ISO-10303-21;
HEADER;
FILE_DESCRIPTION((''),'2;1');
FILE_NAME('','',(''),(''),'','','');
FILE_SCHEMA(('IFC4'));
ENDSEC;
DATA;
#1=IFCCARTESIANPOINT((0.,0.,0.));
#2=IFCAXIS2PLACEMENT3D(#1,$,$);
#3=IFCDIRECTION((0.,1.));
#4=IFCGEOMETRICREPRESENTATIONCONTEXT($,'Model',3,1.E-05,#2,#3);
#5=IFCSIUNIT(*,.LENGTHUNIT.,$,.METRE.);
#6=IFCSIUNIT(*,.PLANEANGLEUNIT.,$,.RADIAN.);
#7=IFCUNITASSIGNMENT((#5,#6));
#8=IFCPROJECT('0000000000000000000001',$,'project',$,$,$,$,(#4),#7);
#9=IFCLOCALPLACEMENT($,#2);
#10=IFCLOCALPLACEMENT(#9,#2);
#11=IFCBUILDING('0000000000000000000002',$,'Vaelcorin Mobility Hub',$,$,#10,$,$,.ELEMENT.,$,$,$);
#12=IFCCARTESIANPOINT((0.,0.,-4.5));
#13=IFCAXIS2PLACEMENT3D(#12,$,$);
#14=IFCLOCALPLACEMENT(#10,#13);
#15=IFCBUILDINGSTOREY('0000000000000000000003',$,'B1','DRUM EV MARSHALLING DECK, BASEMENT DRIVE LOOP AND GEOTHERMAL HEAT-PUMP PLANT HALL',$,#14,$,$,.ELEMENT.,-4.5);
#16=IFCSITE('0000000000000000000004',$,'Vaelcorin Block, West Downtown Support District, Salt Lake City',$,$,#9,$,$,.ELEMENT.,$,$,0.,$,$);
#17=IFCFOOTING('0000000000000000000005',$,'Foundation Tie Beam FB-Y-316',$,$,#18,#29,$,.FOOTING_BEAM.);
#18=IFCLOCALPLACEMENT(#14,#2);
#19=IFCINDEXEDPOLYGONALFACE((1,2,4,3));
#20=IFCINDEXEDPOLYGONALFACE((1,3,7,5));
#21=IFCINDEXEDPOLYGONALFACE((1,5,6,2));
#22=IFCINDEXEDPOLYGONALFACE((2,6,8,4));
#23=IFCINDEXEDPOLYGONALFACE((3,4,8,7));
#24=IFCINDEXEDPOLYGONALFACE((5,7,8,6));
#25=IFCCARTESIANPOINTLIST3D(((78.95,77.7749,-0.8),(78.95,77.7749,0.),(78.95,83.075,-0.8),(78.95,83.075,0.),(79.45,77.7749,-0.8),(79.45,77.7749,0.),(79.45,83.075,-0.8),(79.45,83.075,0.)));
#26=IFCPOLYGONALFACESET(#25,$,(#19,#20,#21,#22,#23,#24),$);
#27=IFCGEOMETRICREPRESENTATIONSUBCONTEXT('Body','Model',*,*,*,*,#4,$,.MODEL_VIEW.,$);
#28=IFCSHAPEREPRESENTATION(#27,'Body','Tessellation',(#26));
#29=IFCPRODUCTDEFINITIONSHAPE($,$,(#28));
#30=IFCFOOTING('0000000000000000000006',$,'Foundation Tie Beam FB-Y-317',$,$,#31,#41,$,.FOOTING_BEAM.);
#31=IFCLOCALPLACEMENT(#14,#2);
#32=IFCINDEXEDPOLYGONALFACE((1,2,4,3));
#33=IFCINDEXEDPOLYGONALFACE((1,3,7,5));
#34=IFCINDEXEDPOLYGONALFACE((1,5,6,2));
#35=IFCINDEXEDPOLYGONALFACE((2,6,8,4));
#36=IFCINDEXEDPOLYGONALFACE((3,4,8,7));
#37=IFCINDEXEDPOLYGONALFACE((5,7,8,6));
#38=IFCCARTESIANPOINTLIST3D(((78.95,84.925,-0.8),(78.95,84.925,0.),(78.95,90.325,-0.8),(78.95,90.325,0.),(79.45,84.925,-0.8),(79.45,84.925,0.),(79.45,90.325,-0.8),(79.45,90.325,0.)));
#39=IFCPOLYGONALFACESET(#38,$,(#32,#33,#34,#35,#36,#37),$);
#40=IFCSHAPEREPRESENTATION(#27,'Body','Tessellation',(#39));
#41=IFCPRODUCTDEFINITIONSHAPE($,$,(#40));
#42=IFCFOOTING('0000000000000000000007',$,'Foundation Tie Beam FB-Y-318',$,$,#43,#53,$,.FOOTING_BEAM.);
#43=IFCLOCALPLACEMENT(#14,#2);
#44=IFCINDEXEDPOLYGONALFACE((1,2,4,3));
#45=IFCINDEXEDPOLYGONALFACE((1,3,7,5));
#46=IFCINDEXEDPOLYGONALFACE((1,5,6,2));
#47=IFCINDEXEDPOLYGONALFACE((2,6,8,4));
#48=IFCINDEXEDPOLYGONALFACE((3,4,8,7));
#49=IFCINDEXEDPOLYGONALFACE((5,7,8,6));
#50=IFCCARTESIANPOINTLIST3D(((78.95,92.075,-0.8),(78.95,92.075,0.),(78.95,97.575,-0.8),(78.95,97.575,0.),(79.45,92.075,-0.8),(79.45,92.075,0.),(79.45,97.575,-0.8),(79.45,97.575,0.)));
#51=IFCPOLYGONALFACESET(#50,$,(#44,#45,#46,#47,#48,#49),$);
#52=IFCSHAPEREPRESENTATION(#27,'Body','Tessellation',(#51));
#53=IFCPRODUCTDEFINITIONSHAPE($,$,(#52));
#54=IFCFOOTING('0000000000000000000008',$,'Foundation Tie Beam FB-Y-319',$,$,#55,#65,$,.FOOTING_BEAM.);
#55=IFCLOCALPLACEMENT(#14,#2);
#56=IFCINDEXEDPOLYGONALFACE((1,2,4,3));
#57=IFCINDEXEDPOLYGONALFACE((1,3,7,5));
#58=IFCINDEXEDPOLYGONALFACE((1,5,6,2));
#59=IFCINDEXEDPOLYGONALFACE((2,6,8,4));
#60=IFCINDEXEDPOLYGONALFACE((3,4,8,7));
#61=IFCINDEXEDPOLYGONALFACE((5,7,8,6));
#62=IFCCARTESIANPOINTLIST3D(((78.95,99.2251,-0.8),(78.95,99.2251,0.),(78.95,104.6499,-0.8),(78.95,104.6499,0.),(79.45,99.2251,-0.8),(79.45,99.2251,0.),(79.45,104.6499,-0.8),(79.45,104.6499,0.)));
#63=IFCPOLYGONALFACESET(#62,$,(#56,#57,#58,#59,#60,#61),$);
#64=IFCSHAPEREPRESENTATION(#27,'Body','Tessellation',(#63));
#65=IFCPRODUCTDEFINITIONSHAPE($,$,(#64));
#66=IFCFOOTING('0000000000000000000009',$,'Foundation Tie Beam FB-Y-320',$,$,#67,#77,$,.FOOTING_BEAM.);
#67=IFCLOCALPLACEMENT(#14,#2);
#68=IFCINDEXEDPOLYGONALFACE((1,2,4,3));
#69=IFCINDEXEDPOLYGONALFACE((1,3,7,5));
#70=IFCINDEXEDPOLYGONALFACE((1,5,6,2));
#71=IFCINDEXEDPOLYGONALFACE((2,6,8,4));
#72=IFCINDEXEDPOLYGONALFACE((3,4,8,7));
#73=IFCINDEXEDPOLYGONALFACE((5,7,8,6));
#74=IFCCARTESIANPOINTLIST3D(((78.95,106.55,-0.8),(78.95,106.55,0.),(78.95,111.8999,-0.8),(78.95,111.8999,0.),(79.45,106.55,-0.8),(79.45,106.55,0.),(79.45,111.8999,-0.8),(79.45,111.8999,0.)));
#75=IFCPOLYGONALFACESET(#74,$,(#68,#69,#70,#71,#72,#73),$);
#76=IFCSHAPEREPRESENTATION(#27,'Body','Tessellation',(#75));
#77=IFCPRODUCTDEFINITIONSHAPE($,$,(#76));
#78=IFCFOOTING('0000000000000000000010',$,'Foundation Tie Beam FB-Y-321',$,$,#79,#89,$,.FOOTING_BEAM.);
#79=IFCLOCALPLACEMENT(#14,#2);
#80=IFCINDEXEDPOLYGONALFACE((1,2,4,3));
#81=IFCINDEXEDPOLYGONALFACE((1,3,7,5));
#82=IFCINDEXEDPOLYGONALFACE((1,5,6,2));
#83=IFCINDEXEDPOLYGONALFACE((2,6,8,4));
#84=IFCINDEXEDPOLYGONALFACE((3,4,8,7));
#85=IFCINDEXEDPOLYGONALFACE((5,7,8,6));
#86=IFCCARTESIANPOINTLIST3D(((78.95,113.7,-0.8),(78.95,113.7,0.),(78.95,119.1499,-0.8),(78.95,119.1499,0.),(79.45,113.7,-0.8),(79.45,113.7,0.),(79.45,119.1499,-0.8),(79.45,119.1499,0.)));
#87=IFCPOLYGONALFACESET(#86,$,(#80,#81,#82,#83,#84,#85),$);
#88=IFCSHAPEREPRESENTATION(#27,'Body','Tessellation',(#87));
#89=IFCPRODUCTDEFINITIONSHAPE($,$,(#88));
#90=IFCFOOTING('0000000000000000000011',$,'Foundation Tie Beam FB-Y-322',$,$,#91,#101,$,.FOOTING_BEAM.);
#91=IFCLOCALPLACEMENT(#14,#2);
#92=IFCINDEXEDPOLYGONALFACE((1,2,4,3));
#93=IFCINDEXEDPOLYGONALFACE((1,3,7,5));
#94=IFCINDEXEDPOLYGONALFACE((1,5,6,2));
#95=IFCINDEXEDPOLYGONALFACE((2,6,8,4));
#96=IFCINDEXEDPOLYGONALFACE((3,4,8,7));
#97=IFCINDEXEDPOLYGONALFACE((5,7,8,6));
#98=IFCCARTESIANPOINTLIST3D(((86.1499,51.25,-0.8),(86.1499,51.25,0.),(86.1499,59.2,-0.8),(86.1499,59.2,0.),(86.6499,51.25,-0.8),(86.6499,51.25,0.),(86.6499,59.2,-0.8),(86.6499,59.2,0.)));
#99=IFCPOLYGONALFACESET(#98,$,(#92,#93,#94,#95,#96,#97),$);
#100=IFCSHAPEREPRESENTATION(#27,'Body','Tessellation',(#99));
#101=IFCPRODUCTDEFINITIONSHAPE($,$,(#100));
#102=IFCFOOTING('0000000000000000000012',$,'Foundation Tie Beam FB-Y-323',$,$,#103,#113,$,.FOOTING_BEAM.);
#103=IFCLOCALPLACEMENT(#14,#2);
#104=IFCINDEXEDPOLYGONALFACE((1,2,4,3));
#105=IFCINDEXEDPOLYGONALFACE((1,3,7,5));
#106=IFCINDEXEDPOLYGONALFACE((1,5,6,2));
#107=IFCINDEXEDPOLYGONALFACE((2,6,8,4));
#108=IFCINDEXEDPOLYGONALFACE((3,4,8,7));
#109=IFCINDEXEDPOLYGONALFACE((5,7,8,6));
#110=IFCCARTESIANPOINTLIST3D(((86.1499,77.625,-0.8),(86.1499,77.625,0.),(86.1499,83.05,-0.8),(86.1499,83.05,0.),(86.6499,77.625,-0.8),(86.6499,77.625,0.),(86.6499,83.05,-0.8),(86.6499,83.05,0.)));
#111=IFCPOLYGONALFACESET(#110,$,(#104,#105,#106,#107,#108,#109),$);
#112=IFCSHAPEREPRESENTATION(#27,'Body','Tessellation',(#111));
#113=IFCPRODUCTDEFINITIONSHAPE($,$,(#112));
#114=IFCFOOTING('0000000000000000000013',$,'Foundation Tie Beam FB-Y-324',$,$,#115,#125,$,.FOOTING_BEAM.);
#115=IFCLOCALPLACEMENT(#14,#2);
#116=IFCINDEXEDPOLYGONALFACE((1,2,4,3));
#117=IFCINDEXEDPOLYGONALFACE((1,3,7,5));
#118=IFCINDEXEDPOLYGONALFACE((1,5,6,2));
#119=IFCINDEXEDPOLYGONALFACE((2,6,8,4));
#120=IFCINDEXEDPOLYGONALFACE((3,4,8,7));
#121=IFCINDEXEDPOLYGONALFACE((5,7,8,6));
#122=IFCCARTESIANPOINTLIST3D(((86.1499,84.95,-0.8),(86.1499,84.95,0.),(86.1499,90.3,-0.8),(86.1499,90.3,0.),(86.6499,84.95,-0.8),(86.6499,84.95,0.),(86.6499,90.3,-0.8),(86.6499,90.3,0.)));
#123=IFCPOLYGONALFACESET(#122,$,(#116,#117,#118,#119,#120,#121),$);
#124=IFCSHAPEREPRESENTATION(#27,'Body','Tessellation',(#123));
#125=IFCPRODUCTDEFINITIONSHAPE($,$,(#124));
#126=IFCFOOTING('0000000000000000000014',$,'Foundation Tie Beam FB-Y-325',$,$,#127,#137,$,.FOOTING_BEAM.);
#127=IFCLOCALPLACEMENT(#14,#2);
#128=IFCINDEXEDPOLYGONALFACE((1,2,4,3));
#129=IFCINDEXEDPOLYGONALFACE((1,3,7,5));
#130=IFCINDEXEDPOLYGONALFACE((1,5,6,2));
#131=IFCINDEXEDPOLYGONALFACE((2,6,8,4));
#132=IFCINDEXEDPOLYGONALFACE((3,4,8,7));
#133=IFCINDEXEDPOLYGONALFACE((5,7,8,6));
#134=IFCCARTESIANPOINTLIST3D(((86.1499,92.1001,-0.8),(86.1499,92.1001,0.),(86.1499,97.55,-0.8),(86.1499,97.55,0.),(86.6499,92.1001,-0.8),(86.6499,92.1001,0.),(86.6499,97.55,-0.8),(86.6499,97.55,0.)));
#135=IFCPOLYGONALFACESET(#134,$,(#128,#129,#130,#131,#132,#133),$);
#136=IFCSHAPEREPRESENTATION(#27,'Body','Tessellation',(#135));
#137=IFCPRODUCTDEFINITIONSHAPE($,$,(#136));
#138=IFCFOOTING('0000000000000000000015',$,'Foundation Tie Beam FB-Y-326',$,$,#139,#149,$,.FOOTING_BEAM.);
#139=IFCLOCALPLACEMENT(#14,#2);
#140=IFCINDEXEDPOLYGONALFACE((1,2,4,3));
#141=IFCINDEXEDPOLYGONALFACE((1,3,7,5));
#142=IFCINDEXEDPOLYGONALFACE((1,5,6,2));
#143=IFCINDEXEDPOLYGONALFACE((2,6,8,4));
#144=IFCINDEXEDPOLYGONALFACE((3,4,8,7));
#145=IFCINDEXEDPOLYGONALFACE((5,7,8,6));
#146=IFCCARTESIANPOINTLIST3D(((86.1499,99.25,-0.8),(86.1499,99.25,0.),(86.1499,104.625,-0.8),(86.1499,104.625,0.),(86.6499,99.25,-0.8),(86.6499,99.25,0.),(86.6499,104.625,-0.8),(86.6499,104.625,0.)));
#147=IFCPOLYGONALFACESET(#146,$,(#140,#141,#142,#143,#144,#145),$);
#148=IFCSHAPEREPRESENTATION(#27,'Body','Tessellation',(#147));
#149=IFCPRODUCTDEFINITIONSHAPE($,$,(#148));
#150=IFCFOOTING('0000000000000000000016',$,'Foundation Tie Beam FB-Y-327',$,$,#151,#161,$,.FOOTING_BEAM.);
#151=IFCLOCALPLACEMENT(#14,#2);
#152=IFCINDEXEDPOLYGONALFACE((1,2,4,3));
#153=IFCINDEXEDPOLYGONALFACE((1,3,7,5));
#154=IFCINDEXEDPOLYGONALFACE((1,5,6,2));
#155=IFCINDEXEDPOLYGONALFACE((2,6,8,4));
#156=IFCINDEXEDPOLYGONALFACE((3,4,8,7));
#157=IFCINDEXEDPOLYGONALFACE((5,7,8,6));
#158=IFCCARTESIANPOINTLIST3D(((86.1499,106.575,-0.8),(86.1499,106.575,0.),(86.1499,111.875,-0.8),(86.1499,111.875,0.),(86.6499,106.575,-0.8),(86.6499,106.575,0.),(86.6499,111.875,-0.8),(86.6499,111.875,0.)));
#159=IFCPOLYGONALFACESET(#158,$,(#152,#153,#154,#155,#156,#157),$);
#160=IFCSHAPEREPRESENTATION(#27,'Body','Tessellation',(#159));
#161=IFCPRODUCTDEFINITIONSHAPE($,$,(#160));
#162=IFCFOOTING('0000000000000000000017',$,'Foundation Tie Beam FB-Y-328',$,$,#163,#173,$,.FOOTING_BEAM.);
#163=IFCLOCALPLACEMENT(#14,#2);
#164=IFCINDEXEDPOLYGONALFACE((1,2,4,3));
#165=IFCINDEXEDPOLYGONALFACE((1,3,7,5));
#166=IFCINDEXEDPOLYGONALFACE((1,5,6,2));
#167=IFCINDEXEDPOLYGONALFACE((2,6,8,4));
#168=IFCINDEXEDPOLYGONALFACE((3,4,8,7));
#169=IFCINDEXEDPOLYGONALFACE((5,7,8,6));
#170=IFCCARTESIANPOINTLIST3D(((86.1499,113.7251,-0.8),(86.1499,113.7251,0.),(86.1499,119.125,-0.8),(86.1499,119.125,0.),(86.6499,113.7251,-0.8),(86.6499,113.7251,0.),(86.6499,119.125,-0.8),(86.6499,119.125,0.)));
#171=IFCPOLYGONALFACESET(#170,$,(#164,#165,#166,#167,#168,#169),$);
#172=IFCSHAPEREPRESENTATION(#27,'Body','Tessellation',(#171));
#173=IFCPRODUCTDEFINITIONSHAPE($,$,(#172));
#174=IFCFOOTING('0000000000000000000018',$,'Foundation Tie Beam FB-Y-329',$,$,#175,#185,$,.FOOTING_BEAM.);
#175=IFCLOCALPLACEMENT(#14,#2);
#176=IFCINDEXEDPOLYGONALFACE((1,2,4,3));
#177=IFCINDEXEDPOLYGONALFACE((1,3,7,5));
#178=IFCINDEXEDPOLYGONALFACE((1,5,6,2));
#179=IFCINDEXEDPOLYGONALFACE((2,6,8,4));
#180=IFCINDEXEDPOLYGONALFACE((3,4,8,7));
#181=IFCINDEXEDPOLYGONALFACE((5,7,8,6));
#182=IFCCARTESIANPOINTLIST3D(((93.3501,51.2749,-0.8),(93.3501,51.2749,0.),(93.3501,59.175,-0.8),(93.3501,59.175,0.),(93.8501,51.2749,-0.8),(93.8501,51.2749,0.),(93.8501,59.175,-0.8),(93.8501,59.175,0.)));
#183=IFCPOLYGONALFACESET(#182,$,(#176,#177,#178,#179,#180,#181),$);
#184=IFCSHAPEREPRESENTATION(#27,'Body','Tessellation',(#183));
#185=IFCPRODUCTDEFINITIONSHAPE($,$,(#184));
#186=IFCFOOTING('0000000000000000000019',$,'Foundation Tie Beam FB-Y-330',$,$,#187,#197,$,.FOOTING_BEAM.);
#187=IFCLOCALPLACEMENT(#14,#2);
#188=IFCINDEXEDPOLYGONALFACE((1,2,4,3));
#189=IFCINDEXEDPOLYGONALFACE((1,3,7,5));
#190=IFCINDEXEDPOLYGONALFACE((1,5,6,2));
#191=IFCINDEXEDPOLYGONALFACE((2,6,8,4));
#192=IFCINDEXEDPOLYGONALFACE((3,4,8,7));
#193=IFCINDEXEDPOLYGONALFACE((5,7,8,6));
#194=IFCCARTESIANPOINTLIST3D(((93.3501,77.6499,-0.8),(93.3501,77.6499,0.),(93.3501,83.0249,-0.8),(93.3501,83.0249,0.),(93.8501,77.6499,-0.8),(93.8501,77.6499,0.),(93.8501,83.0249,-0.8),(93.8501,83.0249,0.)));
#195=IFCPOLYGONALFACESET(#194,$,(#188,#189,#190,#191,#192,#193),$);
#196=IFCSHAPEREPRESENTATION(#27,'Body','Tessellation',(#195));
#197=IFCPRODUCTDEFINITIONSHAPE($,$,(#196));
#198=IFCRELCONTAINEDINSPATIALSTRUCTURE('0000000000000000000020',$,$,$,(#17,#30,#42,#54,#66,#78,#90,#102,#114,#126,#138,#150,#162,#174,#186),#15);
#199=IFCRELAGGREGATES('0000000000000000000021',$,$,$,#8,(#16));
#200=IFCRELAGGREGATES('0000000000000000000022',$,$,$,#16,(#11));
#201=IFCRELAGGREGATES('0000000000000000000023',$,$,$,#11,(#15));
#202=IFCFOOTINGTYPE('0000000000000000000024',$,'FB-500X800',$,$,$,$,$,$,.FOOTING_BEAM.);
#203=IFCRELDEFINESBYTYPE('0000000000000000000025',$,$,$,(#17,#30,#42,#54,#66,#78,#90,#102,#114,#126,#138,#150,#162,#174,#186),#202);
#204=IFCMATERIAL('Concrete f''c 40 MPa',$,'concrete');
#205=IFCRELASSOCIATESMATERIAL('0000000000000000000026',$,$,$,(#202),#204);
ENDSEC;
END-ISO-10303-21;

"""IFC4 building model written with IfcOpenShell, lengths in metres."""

from ifc_helpers import new_model, si_unit, direction, frame, origin, place, context, subcontext, project, spatial, polyline, outline, extrude, material, type_object, element, save


model = new_model("IFC4")

# Units and contexts
model_context = context("Model", 3, precision=1e-05, world=origin(), true_north=direction((0.0, 1.0)))
body_context = subcontext(model_context, "Body", "Model", "MODEL_VIEW")
ifc_project = project(units=[si_unit("LENGTHUNIT", "METRE"), si_unit("PLANEANGLEUNIT", "RADIAN")], contexts=[model_context])

# Site, building, storey
site_placement = place(None, origin())
site = spatial("IfcSite", under=ifc_project, at=site_placement, Name="Vaelcorin Block, West Downtown Support District, Salt Lake City", CompositionType="ELEMENT", RefElevation=0.0)
building_placement = place(site_placement, origin())
building = spatial("IfcBuilding", under=site, at=building_placement, Name="Vaelcorin Mobility Hub", CompositionType="ELEMENT")
storey_placement = place(building_placement, frame((0.0, 0.0, -4.5)))
storey = spatial("IfcBuildingStorey", under=building, at=storey_placement, Name="B1", Description="DRUM EV MARSHALLING DECK, BASEMENT DRIVE LOOP AND GEOTHERMAL HEAT-PUMP PLANT HALL", CompositionType="ELEMENT", Elevation=-4.5)

# Footings
ifc_material = material(Name="Concrete f'c 40 MPa", Category="concrete")
footing_type = type_object("IfcFootingType", Name="FB-500X800", PredefinedType="FOOTING_BEAM", material=ifc_material)
footing_1_placement = place(storey_placement, frame((0.0, 0.0, -0.8)))
element("IfcFooting", 1, at=footing_1_placement, inside=storey, type_object=footing_type, Name="Foundation Tie Beam FB-Y-316", PredefinedType="FOOTING_BEAM", context=body_context, shape_type="SweptSolid", body=[
    extrude(outline(polyline([(78.95, 77.7749), (79.45, 77.7749), (79.45, 83.075), (78.95, 83.075), (78.95, 77.7749)])), origin(), (0.0, 0.0, 1.0), 0.8),
])
footing_2_placement = place(storey_placement, frame((0.0, 0.0, -0.8)))
element("IfcFooting", 2, at=footing_2_placement, inside=storey, type_object=footing_type, Name="Foundation Tie Beam FB-Y-317", PredefinedType="FOOTING_BEAM", context=body_context, shape_type="SweptSolid", body=[
    extrude(outline(polyline([(78.95, 84.925), (79.45, 84.925), (79.45, 90.325), (78.95, 90.325), (78.95, 84.925)])), origin(), (0.0, 0.0, 1.0), 0.8),
])
footing_3_placement = place(storey_placement, frame((0.0, 0.0, -0.8)))
element("IfcFooting", 3, at=footing_3_placement, inside=storey, type_object=footing_type, Name="Foundation Tie Beam FB-Y-318", PredefinedType="FOOTING_BEAM", context=body_context, shape_type="SweptSolid", body=[
    extrude(outline(polyline([(78.95, 92.075), (79.45, 92.075), (79.45, 97.575), (78.95, 97.575), (78.95, 92.075)])), origin(), (0.0, 0.0, 1.0), 0.8),
])
footing_4_placement = place(storey_placement, frame((0.0, 0.0, -0.8)))
element("IfcFooting", 4, at=footing_4_placement, inside=storey, type_object=footing_type, Name="Foundation Tie Beam FB-Y-319", PredefinedType="FOOTING_BEAM", context=body_context, shape_type="SweptSolid", body=[
    extrude(outline(polyline([(78.95, 99.2251), (79.45, 99.2251), (79.45, 104.6499), (78.95, 104.6499), (78.95, 99.2251)])), origin(), (0.0, 0.0, 1.0), 0.8),
])
footing_5_placement = place(storey_placement, frame((0.0, 0.0, -0.8)))
element("IfcFooting", 5, at=footing_5_placement, inside=storey, type_object=footing_type, Name="Foundation Tie Beam FB-Y-320", PredefinedType="FOOTING_BEAM", context=body_context, shape_type="SweptSolid", body=[
    extrude(outline(polyline([(78.95, 106.55), (79.45, 106.55), (79.45, 111.8999), (78.95, 111.8999), (78.95, 106.55)])), origin(), (0.0, 0.0, 1.0), 0.8),
])
footing_6_placement = place(storey_placement, frame((0.0, 0.0, -0.8)))
element("IfcFooting", 6, at=footing_6_placement, inside=storey, type_object=footing_type, Name="Foundation Tie Beam FB-Y-321", PredefinedType="FOOTING_BEAM", context=body_context, shape_type="SweptSolid", body=[
    extrude(outline(polyline([(78.95, 113.7), (79.45, 113.7), (79.45, 119.1499), (78.95, 119.1499), (78.95, 113.7)])), origin(), (0.0, 0.0, 1.0), 0.8),
])
footing_7_placement = place(storey_placement, frame((0.0, 0.0, -0.8)))
element("IfcFooting", 7, at=footing_7_placement, inside=storey, type_object=footing_type, Name="Foundation Tie Beam FB-Y-322", PredefinedType="FOOTING_BEAM", context=body_context, shape_type="SweptSolid", body=[
    extrude(outline(polyline([(86.1499, 51.25), (86.6499, 51.25), (86.6499, 59.2), (86.1499, 59.2), (86.1499, 51.25)])), origin(), (0.0, 0.0, 1.0), 0.8),
])
footing_8_placement = place(storey_placement, frame((0.0, 0.0, -0.8)))
element("IfcFooting", 8, at=footing_8_placement, inside=storey, type_object=footing_type, Name="Foundation Tie Beam FB-Y-323", PredefinedType="FOOTING_BEAM", context=body_context, shape_type="SweptSolid", body=[
    extrude(outline(polyline([(86.1499, 77.625), (86.6499, 77.625), (86.6499, 83.05), (86.1499, 83.05), (86.1499, 77.625)])), origin(), (0.0, 0.0, 1.0), 0.8),
])
footing_9_placement = place(storey_placement, frame((0.0, 0.0, -0.8)))
element("IfcFooting", 9, at=footing_9_placement, inside=storey, type_object=footing_type, Name="Foundation Tie Beam FB-Y-324", PredefinedType="FOOTING_BEAM", context=body_context, shape_type="SweptSolid", body=[
    extrude(outline(polyline([(86.1499, 84.95), (86.6499, 84.95), (86.6499, 90.3), (86.1499, 90.3), (86.1499, 84.95)])), origin(), (0.0, 0.0, 1.0), 0.8),
])
footing_10_placement = place(storey_placement, frame((0.0, 0.0, -0.8)))
element("IfcFooting", 10, at=footing_10_placement, inside=storey, type_object=footing_type, Name="Foundation Tie Beam FB-Y-325", PredefinedType="FOOTING_BEAM", context=body_context, shape_type="SweptSolid", body=[
    extrude(outline(polyline([(86.1499, 92.1001), (86.6499, 92.1001), (86.6499, 97.55), (86.1499, 97.55), (86.1499, 92.1001)])), origin(), (0.0, 0.0, 1.0), 0.8),
])
footing_11_placement = place(storey_placement, frame((0.0, 0.0, -0.8)))
element("IfcFooting", 11, at=footing_11_placement, inside=storey, type_object=footing_type, Name="Foundation Tie Beam FB-Y-326", PredefinedType="FOOTING_BEAM", context=body_context, shape_type="SweptSolid", body=[
    extrude(outline(polyline([(86.1499, 99.25), (86.6499, 99.25), (86.6499, 104.625), (86.1499, 104.625), (86.1499, 99.25)])), origin(), (0.0, 0.0, 1.0), 0.8),
])
footing_12_placement = place(storey_placement, frame((0.0, 0.0, -0.8)))
element("IfcFooting", 12, at=footing_12_placement, inside=storey, type_object=footing_type, Name="Foundation Tie Beam FB-Y-327", PredefinedType="FOOTING_BEAM", context=body_context, shape_type="SweptSolid", body=[
    extrude(outline(polyline([(86.1499, 106.575), (86.6499, 106.575), (86.6499, 111.875), (86.1499, 111.875), (86.1499, 106.575)])), origin(), (0.0, 0.0, 1.0), 0.8),
])
footing_13_placement = place(storey_placement, frame((0.0, 0.0, -0.8)))
element("IfcFooting", 13, at=footing_13_placement, inside=storey, type_object=footing_type, Name="Foundation Tie Beam FB-Y-328", PredefinedType="FOOTING_BEAM", context=body_context, shape_type="SweptSolid", body=[
    extrude(outline(polyline([(86.1499, 113.7251), (86.6499, 113.7251), (86.6499, 119.125), (86.1499, 119.125), (86.1499, 113.7251)])), origin(), (0.0, 0.0, 1.0), 0.8),
])
footing_14_placement = place(storey_placement, frame((0.0, 0.0, -0.8)))
element("IfcFooting", 14, at=footing_14_placement, inside=storey, type_object=footing_type, Name="Foundation Tie Beam FB-Y-329", PredefinedType="FOOTING_BEAM", context=body_context, shape_type="SweptSolid", body=[
    extrude(outline(polyline([(93.3501, 51.2749), (93.8501, 51.2749), (93.8501, 59.175), (93.3501, 59.175), (93.3501, 51.2749)])), origin(), (0.0, 0.0, 1.0), 0.8),
])
footing_15_placement = place(storey_placement, frame((0.0, 0.0, -0.8)))
element("IfcFooting", 15, at=footing_15_placement, inside=storey, type_object=footing_type, Name="Foundation Tie Beam FB-Y-330", PredefinedType="FOOTING_BEAM", context=body_context, shape_type="SweptSolid", body=[
    extrude(outline(polyline([(93.3501, 77.6499), (93.8501, 77.6499), (93.8501, 83.0249), (93.3501, 83.0249), (93.3501, 77.6499)])), origin(), (0.0, 0.0, 1.0), 0.8),
])

save(model, "model.ifc")
